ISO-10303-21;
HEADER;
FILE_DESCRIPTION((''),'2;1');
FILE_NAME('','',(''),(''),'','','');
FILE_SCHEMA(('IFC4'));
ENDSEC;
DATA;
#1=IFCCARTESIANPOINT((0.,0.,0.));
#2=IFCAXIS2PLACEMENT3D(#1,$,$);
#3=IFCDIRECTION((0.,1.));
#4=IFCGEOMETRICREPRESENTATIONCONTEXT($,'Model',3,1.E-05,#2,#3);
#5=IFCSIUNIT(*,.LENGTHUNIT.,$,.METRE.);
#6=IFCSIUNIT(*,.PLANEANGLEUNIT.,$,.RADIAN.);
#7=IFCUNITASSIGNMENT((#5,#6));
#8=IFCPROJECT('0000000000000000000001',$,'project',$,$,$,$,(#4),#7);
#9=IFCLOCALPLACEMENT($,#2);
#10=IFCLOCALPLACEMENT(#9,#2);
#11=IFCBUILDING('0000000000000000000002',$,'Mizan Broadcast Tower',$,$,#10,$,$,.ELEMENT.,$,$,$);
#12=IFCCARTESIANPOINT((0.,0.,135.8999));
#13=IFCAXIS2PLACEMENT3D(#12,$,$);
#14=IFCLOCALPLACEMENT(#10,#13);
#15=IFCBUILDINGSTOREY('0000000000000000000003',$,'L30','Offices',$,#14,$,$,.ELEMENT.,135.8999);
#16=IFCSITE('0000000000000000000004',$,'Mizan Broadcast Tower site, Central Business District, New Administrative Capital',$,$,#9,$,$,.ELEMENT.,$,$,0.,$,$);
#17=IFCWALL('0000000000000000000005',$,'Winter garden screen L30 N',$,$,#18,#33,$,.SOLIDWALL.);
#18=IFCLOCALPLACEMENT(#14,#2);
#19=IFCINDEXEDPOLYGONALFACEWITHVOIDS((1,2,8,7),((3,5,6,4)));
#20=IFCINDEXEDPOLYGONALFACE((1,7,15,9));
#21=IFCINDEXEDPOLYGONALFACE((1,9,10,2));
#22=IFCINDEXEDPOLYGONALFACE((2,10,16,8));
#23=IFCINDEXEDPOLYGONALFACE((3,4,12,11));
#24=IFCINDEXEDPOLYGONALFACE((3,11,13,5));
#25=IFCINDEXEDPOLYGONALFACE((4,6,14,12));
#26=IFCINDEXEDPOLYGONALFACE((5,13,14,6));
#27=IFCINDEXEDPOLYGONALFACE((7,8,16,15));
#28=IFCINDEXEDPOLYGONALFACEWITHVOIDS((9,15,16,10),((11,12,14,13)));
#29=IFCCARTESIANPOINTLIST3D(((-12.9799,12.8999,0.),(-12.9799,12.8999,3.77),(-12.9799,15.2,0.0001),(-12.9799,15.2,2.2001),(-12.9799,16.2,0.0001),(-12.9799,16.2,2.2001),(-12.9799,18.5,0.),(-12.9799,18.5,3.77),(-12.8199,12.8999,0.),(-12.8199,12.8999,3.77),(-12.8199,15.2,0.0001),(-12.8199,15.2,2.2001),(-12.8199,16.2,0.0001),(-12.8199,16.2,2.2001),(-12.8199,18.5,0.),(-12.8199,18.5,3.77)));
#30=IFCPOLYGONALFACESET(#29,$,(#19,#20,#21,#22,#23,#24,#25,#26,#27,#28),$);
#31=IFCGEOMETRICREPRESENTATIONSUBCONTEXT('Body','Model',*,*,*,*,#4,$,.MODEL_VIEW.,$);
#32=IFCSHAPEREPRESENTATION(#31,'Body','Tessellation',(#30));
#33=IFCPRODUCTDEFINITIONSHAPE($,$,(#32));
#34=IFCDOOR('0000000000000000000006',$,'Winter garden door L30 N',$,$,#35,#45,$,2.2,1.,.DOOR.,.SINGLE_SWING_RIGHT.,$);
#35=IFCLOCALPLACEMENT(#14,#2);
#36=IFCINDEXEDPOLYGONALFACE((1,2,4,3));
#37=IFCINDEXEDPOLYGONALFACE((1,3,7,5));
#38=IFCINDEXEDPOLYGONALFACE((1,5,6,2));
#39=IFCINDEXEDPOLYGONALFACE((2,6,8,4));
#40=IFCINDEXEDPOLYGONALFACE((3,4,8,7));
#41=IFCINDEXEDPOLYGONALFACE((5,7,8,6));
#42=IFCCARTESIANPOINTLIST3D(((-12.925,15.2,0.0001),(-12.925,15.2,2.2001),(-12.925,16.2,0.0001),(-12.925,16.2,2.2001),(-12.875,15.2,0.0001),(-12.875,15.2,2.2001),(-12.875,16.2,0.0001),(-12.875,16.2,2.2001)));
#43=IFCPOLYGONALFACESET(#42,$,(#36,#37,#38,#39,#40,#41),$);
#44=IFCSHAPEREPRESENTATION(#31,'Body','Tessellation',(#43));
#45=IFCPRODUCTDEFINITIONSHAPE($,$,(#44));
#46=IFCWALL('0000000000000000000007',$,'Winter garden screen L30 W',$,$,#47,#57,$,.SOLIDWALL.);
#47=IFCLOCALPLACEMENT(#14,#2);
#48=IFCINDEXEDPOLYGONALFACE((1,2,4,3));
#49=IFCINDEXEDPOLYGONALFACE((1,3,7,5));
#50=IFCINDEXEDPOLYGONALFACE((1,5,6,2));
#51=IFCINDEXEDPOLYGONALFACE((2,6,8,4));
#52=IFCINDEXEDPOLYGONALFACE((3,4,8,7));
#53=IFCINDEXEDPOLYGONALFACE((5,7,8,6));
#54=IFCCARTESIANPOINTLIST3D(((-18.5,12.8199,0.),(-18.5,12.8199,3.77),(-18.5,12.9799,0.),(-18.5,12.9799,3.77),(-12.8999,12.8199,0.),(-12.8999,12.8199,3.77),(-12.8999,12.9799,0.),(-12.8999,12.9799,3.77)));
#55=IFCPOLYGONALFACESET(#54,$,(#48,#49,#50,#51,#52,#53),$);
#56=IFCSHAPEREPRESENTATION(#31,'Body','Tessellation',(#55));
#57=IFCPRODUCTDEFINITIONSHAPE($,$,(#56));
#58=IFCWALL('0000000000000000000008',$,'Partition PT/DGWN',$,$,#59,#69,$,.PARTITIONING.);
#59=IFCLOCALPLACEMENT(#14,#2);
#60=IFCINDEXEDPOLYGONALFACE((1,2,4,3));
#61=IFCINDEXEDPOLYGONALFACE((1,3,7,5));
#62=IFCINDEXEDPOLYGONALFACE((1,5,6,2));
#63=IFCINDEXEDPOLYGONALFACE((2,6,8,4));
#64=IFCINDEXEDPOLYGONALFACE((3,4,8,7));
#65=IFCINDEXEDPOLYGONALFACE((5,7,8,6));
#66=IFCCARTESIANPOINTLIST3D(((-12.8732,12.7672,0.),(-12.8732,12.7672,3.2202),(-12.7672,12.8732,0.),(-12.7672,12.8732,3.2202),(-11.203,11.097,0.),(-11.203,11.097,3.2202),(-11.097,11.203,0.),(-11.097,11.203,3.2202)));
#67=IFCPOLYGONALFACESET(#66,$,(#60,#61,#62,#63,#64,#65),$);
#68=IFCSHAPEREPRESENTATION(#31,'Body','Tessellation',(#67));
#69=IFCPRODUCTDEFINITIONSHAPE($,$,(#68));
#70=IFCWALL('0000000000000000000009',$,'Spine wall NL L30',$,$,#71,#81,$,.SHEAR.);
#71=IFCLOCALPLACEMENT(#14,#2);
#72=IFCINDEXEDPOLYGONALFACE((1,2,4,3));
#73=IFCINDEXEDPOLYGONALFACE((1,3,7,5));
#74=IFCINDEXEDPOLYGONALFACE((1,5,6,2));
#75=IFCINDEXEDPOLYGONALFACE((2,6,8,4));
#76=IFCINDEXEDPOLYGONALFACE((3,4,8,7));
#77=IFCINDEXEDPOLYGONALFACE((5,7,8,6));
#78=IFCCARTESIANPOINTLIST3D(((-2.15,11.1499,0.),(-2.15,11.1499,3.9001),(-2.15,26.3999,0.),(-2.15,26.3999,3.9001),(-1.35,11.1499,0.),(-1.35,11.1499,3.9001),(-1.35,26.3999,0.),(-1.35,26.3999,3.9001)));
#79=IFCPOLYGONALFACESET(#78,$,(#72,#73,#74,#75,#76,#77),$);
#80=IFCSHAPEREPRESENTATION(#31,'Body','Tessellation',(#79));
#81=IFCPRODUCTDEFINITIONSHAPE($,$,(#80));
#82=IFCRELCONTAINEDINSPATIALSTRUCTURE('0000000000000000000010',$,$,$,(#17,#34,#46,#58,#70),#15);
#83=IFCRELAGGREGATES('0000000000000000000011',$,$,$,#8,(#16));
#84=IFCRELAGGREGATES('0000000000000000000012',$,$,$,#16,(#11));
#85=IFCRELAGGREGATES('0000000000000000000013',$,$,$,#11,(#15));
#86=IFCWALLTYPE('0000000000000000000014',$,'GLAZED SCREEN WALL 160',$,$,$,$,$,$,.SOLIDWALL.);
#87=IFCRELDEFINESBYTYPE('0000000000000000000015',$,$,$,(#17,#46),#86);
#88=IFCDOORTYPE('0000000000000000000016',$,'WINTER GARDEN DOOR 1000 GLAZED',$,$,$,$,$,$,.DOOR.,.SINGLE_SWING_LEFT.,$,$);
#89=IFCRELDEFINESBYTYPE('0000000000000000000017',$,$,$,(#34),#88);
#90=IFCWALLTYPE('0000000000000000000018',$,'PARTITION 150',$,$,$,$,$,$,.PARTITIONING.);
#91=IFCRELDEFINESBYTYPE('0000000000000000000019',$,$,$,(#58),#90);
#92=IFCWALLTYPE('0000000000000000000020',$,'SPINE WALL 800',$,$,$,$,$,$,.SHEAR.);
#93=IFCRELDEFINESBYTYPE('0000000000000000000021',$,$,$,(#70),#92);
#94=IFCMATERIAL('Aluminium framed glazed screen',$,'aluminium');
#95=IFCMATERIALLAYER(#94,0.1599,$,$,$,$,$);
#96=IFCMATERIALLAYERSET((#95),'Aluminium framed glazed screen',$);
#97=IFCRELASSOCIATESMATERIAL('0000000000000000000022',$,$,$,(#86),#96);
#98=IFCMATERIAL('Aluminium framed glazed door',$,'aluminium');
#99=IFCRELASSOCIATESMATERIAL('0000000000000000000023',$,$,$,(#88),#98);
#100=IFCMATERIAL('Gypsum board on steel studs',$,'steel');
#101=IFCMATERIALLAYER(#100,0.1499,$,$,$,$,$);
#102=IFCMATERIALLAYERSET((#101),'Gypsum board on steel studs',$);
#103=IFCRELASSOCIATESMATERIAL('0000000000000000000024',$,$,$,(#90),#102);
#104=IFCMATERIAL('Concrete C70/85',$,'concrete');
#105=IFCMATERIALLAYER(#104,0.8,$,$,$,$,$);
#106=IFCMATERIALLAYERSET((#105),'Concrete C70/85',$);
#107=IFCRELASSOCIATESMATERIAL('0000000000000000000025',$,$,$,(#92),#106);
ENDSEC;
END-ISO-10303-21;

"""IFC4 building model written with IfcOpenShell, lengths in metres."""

from ifc_helpers import new_model, si_unit, direction, frame, frame_2d, origin, place, context, subcontext, project, spatial, rectangle, extrude, material, layer, layer_set, type_object, element, fill, save


model = new_model("IFC4")

# Units and contexts
model_context = context("Model", 3, precision=1e-05, world=origin(), true_north=direction((0.0, 1.0)))
body_context = subcontext(model_context, "Body", "Model", "MODEL_VIEW")
ifc_project = project(units=[si_unit("LENGTHUNIT", "METRE"), si_unit("PLANEANGLEUNIT", "RADIAN")], contexts=[model_context])

# Site, building, storey
site_placement = place(None, origin())
site = spatial("IfcSite", under=ifc_project, at=site_placement, Name="Mizan Broadcast Tower site, Central Business District, New Administrative Capital", CompositionType="ELEMENT", RefElevation=0.0)
building_placement = place(site_placement, origin())
building = spatial("IfcBuilding", under=site, at=building_placement, Name="Mizan Broadcast Tower", CompositionType="ELEMENT")
storey_placement = place(building_placement, frame((0.0, 0.0, 135.8999)))
storey = spatial("IfcBuildingStorey", under=building, at=storey_placement, Name="L30", Description="Offices", CompositionType="ELEMENT", Elevation=135.8999)

# Wall, opening, door
ifc_material_1 = material(Name="Aluminium framed glazed screen", Category="aluminium")
ifc_layer_1 = layer(ifc_material_1, 0.1599)
ifc_layer_set_1 = layer_set([ifc_layer_1], Name="Aluminium framed glazed screen")
wall_type_1 = type_object("IfcWallType", Name="GLAZED SCREEN WALL 160", PredefinedType="SOLIDWALL", material=ifc_layer_set_1)
wall_1_placement = place(storey_placement, frame((-12.8999, 18.5, 0.0), z_axis=(0.0, 0.0, 1.0), x_axis=(0.0, -1.0, 0.0)))
wall_1 = element("IfcWall", 1, at=wall_1_placement, inside=storey, type_object=wall_type_1, Name="Winter garden screen L30 N", PredefinedType="SOLIDWALL", context=body_context, shape_type="SweptSolid", body=[
    extrude(rectangle(XDim=5.6001, YDim=0.1599, at=frame_2d((2.8, 0.0))), origin(), (0.0, 0.0, 1.0), 3.77),
])
opening_1_placement = place(wall_1_placement, frame((2.3, 0.0, 0.0)))
opening_1 = element("IfcOpeningElement", 2, at=opening_1_placement, cuts=wall_1, PredefinedType="OPENING", context=body_context, shape_type="SweptSolid", body=[
    extrude(rectangle(XDim=1.0, YDim=2.2, at=frame_2d((0.5, 1.1001))), frame((0.0, 0.0898, 0.0), z_axis=(0.0, -1.0, 0.0), x_axis=(1.0, 0.0, 0.0)), (0.0, 0.0, 1.0), 0.1799),
])
ifc_material_2 = material(Name="Aluminium framed glazed door", Category="aluminium")
door_type_1 = type_object("IfcDoorType", Name="WINTER GARDEN DOOR 1000 GLAZED", OperationType="SINGLE_SWING_LEFT", PredefinedType="DOOR", material=ifc_material_2)
door_1_placement = place(opening_1_placement, origin())
door_1 = element("IfcDoor", 3, at=door_1_placement, inside=storey, type_object=door_type_1, Name="Winter garden door L30 N", OperationType="SINGLE_SWING_RIGHT", OverallHeight=2.2, OverallWidth=1.0, PredefinedType="DOOR", context=body_context, shape_type="SweptSolid", body=[
    extrude(rectangle(XDim=1.0, YDim=2.2, at=frame_2d((0.5, 1.1001))), frame((0.0, 0.0249, 0.0), z_axis=(0.0, -1.0, 0.0), x_axis=(1.0, 0.0, 0.0)), (0.0, 0.0, 1.0), 0.05),
])
fill(opening_1, door_1)

# Walls
wall_2_placement = place(storey_placement, frame((-12.8999, 12.8999, 0.0), z_axis=(0.0, 0.0, 1.0), x_axis=(-1.0, 0.0, 0.0)))
element("IfcWall", 4, at=wall_2_placement, inside=storey, type_object=wall_type_1, Name="Winter garden screen L30 W", PredefinedType="SOLIDWALL", context=body_context, shape_type="SweptSolid", body=[
    extrude(rectangle(XDim=5.6001, YDim=0.1599, at=frame_2d((2.8, 0.0))), origin(), (0.0, 0.0, 1.0), 3.77),
])
ifc_material_3 = material(Name="Gypsum board on steel studs", Category="steel")
ifc_layer_2 = layer(ifc_material_3, 0.1499)
ifc_layer_set_2 = layer_set([ifc_layer_2], Name="Gypsum board on steel studs")
wall_type_2 = type_object("IfcWallType", Name="PARTITION 150", PredefinedType="PARTITIONING", material=ifc_layer_set_2)
wall_3_placement = place(storey_placement, frame((-11.1499, 11.1499, 0.0), z_axis=(0.0, 0.0, 1.0), x_axis=(-0.707107, 0.707107, 0.0)))
element("IfcWall", 5, at=wall_3_placement, inside=storey, type_object=wall_type_2, Name="Partition PT/DGWN", PredefinedType="PARTITIONING", context=body_context, shape_type="SweptSolid", body=[
    extrude(rectangle(XDim=2.3621, YDim=0.1499, at=frame_2d((1.1812, 0.0))), origin(), (0.0, 0.0, 1.0), 3.2202),
])
ifc_material_4 = material(Name="Concrete C70/85", Category="concrete")
ifc_layer_3 = layer(ifc_material_4, 0.8)
ifc_layer_set_3 = layer_set([ifc_layer_3], Name="Concrete C70/85")
wall_type_3 = type_object("IfcWallType", Name="SPINE WALL 800", PredefinedType="SHEAR", material=ifc_layer_set_3)
wall_4_placement = place(storey_placement, frame((-1.75, 11.1499, 0.0), z_axis=(0.0, 0.0, 1.0), x_axis=(0.0, 1.0, 0.0)))
element("IfcWall", 6, at=wall_4_placement, inside=storey, type_object=wall_type_3, Name="Spine wall NL L30", PredefinedType="SHEAR", context=body_context, shape_type="SweptSolid", body=[
    extrude(rectangle(XDim=15.25, YDim=0.8, at=frame_2d((7.625, 0.0))), origin(), (0.0, 0.0, 1.0), 3.9001),
])

save(model, "model.ifc")
